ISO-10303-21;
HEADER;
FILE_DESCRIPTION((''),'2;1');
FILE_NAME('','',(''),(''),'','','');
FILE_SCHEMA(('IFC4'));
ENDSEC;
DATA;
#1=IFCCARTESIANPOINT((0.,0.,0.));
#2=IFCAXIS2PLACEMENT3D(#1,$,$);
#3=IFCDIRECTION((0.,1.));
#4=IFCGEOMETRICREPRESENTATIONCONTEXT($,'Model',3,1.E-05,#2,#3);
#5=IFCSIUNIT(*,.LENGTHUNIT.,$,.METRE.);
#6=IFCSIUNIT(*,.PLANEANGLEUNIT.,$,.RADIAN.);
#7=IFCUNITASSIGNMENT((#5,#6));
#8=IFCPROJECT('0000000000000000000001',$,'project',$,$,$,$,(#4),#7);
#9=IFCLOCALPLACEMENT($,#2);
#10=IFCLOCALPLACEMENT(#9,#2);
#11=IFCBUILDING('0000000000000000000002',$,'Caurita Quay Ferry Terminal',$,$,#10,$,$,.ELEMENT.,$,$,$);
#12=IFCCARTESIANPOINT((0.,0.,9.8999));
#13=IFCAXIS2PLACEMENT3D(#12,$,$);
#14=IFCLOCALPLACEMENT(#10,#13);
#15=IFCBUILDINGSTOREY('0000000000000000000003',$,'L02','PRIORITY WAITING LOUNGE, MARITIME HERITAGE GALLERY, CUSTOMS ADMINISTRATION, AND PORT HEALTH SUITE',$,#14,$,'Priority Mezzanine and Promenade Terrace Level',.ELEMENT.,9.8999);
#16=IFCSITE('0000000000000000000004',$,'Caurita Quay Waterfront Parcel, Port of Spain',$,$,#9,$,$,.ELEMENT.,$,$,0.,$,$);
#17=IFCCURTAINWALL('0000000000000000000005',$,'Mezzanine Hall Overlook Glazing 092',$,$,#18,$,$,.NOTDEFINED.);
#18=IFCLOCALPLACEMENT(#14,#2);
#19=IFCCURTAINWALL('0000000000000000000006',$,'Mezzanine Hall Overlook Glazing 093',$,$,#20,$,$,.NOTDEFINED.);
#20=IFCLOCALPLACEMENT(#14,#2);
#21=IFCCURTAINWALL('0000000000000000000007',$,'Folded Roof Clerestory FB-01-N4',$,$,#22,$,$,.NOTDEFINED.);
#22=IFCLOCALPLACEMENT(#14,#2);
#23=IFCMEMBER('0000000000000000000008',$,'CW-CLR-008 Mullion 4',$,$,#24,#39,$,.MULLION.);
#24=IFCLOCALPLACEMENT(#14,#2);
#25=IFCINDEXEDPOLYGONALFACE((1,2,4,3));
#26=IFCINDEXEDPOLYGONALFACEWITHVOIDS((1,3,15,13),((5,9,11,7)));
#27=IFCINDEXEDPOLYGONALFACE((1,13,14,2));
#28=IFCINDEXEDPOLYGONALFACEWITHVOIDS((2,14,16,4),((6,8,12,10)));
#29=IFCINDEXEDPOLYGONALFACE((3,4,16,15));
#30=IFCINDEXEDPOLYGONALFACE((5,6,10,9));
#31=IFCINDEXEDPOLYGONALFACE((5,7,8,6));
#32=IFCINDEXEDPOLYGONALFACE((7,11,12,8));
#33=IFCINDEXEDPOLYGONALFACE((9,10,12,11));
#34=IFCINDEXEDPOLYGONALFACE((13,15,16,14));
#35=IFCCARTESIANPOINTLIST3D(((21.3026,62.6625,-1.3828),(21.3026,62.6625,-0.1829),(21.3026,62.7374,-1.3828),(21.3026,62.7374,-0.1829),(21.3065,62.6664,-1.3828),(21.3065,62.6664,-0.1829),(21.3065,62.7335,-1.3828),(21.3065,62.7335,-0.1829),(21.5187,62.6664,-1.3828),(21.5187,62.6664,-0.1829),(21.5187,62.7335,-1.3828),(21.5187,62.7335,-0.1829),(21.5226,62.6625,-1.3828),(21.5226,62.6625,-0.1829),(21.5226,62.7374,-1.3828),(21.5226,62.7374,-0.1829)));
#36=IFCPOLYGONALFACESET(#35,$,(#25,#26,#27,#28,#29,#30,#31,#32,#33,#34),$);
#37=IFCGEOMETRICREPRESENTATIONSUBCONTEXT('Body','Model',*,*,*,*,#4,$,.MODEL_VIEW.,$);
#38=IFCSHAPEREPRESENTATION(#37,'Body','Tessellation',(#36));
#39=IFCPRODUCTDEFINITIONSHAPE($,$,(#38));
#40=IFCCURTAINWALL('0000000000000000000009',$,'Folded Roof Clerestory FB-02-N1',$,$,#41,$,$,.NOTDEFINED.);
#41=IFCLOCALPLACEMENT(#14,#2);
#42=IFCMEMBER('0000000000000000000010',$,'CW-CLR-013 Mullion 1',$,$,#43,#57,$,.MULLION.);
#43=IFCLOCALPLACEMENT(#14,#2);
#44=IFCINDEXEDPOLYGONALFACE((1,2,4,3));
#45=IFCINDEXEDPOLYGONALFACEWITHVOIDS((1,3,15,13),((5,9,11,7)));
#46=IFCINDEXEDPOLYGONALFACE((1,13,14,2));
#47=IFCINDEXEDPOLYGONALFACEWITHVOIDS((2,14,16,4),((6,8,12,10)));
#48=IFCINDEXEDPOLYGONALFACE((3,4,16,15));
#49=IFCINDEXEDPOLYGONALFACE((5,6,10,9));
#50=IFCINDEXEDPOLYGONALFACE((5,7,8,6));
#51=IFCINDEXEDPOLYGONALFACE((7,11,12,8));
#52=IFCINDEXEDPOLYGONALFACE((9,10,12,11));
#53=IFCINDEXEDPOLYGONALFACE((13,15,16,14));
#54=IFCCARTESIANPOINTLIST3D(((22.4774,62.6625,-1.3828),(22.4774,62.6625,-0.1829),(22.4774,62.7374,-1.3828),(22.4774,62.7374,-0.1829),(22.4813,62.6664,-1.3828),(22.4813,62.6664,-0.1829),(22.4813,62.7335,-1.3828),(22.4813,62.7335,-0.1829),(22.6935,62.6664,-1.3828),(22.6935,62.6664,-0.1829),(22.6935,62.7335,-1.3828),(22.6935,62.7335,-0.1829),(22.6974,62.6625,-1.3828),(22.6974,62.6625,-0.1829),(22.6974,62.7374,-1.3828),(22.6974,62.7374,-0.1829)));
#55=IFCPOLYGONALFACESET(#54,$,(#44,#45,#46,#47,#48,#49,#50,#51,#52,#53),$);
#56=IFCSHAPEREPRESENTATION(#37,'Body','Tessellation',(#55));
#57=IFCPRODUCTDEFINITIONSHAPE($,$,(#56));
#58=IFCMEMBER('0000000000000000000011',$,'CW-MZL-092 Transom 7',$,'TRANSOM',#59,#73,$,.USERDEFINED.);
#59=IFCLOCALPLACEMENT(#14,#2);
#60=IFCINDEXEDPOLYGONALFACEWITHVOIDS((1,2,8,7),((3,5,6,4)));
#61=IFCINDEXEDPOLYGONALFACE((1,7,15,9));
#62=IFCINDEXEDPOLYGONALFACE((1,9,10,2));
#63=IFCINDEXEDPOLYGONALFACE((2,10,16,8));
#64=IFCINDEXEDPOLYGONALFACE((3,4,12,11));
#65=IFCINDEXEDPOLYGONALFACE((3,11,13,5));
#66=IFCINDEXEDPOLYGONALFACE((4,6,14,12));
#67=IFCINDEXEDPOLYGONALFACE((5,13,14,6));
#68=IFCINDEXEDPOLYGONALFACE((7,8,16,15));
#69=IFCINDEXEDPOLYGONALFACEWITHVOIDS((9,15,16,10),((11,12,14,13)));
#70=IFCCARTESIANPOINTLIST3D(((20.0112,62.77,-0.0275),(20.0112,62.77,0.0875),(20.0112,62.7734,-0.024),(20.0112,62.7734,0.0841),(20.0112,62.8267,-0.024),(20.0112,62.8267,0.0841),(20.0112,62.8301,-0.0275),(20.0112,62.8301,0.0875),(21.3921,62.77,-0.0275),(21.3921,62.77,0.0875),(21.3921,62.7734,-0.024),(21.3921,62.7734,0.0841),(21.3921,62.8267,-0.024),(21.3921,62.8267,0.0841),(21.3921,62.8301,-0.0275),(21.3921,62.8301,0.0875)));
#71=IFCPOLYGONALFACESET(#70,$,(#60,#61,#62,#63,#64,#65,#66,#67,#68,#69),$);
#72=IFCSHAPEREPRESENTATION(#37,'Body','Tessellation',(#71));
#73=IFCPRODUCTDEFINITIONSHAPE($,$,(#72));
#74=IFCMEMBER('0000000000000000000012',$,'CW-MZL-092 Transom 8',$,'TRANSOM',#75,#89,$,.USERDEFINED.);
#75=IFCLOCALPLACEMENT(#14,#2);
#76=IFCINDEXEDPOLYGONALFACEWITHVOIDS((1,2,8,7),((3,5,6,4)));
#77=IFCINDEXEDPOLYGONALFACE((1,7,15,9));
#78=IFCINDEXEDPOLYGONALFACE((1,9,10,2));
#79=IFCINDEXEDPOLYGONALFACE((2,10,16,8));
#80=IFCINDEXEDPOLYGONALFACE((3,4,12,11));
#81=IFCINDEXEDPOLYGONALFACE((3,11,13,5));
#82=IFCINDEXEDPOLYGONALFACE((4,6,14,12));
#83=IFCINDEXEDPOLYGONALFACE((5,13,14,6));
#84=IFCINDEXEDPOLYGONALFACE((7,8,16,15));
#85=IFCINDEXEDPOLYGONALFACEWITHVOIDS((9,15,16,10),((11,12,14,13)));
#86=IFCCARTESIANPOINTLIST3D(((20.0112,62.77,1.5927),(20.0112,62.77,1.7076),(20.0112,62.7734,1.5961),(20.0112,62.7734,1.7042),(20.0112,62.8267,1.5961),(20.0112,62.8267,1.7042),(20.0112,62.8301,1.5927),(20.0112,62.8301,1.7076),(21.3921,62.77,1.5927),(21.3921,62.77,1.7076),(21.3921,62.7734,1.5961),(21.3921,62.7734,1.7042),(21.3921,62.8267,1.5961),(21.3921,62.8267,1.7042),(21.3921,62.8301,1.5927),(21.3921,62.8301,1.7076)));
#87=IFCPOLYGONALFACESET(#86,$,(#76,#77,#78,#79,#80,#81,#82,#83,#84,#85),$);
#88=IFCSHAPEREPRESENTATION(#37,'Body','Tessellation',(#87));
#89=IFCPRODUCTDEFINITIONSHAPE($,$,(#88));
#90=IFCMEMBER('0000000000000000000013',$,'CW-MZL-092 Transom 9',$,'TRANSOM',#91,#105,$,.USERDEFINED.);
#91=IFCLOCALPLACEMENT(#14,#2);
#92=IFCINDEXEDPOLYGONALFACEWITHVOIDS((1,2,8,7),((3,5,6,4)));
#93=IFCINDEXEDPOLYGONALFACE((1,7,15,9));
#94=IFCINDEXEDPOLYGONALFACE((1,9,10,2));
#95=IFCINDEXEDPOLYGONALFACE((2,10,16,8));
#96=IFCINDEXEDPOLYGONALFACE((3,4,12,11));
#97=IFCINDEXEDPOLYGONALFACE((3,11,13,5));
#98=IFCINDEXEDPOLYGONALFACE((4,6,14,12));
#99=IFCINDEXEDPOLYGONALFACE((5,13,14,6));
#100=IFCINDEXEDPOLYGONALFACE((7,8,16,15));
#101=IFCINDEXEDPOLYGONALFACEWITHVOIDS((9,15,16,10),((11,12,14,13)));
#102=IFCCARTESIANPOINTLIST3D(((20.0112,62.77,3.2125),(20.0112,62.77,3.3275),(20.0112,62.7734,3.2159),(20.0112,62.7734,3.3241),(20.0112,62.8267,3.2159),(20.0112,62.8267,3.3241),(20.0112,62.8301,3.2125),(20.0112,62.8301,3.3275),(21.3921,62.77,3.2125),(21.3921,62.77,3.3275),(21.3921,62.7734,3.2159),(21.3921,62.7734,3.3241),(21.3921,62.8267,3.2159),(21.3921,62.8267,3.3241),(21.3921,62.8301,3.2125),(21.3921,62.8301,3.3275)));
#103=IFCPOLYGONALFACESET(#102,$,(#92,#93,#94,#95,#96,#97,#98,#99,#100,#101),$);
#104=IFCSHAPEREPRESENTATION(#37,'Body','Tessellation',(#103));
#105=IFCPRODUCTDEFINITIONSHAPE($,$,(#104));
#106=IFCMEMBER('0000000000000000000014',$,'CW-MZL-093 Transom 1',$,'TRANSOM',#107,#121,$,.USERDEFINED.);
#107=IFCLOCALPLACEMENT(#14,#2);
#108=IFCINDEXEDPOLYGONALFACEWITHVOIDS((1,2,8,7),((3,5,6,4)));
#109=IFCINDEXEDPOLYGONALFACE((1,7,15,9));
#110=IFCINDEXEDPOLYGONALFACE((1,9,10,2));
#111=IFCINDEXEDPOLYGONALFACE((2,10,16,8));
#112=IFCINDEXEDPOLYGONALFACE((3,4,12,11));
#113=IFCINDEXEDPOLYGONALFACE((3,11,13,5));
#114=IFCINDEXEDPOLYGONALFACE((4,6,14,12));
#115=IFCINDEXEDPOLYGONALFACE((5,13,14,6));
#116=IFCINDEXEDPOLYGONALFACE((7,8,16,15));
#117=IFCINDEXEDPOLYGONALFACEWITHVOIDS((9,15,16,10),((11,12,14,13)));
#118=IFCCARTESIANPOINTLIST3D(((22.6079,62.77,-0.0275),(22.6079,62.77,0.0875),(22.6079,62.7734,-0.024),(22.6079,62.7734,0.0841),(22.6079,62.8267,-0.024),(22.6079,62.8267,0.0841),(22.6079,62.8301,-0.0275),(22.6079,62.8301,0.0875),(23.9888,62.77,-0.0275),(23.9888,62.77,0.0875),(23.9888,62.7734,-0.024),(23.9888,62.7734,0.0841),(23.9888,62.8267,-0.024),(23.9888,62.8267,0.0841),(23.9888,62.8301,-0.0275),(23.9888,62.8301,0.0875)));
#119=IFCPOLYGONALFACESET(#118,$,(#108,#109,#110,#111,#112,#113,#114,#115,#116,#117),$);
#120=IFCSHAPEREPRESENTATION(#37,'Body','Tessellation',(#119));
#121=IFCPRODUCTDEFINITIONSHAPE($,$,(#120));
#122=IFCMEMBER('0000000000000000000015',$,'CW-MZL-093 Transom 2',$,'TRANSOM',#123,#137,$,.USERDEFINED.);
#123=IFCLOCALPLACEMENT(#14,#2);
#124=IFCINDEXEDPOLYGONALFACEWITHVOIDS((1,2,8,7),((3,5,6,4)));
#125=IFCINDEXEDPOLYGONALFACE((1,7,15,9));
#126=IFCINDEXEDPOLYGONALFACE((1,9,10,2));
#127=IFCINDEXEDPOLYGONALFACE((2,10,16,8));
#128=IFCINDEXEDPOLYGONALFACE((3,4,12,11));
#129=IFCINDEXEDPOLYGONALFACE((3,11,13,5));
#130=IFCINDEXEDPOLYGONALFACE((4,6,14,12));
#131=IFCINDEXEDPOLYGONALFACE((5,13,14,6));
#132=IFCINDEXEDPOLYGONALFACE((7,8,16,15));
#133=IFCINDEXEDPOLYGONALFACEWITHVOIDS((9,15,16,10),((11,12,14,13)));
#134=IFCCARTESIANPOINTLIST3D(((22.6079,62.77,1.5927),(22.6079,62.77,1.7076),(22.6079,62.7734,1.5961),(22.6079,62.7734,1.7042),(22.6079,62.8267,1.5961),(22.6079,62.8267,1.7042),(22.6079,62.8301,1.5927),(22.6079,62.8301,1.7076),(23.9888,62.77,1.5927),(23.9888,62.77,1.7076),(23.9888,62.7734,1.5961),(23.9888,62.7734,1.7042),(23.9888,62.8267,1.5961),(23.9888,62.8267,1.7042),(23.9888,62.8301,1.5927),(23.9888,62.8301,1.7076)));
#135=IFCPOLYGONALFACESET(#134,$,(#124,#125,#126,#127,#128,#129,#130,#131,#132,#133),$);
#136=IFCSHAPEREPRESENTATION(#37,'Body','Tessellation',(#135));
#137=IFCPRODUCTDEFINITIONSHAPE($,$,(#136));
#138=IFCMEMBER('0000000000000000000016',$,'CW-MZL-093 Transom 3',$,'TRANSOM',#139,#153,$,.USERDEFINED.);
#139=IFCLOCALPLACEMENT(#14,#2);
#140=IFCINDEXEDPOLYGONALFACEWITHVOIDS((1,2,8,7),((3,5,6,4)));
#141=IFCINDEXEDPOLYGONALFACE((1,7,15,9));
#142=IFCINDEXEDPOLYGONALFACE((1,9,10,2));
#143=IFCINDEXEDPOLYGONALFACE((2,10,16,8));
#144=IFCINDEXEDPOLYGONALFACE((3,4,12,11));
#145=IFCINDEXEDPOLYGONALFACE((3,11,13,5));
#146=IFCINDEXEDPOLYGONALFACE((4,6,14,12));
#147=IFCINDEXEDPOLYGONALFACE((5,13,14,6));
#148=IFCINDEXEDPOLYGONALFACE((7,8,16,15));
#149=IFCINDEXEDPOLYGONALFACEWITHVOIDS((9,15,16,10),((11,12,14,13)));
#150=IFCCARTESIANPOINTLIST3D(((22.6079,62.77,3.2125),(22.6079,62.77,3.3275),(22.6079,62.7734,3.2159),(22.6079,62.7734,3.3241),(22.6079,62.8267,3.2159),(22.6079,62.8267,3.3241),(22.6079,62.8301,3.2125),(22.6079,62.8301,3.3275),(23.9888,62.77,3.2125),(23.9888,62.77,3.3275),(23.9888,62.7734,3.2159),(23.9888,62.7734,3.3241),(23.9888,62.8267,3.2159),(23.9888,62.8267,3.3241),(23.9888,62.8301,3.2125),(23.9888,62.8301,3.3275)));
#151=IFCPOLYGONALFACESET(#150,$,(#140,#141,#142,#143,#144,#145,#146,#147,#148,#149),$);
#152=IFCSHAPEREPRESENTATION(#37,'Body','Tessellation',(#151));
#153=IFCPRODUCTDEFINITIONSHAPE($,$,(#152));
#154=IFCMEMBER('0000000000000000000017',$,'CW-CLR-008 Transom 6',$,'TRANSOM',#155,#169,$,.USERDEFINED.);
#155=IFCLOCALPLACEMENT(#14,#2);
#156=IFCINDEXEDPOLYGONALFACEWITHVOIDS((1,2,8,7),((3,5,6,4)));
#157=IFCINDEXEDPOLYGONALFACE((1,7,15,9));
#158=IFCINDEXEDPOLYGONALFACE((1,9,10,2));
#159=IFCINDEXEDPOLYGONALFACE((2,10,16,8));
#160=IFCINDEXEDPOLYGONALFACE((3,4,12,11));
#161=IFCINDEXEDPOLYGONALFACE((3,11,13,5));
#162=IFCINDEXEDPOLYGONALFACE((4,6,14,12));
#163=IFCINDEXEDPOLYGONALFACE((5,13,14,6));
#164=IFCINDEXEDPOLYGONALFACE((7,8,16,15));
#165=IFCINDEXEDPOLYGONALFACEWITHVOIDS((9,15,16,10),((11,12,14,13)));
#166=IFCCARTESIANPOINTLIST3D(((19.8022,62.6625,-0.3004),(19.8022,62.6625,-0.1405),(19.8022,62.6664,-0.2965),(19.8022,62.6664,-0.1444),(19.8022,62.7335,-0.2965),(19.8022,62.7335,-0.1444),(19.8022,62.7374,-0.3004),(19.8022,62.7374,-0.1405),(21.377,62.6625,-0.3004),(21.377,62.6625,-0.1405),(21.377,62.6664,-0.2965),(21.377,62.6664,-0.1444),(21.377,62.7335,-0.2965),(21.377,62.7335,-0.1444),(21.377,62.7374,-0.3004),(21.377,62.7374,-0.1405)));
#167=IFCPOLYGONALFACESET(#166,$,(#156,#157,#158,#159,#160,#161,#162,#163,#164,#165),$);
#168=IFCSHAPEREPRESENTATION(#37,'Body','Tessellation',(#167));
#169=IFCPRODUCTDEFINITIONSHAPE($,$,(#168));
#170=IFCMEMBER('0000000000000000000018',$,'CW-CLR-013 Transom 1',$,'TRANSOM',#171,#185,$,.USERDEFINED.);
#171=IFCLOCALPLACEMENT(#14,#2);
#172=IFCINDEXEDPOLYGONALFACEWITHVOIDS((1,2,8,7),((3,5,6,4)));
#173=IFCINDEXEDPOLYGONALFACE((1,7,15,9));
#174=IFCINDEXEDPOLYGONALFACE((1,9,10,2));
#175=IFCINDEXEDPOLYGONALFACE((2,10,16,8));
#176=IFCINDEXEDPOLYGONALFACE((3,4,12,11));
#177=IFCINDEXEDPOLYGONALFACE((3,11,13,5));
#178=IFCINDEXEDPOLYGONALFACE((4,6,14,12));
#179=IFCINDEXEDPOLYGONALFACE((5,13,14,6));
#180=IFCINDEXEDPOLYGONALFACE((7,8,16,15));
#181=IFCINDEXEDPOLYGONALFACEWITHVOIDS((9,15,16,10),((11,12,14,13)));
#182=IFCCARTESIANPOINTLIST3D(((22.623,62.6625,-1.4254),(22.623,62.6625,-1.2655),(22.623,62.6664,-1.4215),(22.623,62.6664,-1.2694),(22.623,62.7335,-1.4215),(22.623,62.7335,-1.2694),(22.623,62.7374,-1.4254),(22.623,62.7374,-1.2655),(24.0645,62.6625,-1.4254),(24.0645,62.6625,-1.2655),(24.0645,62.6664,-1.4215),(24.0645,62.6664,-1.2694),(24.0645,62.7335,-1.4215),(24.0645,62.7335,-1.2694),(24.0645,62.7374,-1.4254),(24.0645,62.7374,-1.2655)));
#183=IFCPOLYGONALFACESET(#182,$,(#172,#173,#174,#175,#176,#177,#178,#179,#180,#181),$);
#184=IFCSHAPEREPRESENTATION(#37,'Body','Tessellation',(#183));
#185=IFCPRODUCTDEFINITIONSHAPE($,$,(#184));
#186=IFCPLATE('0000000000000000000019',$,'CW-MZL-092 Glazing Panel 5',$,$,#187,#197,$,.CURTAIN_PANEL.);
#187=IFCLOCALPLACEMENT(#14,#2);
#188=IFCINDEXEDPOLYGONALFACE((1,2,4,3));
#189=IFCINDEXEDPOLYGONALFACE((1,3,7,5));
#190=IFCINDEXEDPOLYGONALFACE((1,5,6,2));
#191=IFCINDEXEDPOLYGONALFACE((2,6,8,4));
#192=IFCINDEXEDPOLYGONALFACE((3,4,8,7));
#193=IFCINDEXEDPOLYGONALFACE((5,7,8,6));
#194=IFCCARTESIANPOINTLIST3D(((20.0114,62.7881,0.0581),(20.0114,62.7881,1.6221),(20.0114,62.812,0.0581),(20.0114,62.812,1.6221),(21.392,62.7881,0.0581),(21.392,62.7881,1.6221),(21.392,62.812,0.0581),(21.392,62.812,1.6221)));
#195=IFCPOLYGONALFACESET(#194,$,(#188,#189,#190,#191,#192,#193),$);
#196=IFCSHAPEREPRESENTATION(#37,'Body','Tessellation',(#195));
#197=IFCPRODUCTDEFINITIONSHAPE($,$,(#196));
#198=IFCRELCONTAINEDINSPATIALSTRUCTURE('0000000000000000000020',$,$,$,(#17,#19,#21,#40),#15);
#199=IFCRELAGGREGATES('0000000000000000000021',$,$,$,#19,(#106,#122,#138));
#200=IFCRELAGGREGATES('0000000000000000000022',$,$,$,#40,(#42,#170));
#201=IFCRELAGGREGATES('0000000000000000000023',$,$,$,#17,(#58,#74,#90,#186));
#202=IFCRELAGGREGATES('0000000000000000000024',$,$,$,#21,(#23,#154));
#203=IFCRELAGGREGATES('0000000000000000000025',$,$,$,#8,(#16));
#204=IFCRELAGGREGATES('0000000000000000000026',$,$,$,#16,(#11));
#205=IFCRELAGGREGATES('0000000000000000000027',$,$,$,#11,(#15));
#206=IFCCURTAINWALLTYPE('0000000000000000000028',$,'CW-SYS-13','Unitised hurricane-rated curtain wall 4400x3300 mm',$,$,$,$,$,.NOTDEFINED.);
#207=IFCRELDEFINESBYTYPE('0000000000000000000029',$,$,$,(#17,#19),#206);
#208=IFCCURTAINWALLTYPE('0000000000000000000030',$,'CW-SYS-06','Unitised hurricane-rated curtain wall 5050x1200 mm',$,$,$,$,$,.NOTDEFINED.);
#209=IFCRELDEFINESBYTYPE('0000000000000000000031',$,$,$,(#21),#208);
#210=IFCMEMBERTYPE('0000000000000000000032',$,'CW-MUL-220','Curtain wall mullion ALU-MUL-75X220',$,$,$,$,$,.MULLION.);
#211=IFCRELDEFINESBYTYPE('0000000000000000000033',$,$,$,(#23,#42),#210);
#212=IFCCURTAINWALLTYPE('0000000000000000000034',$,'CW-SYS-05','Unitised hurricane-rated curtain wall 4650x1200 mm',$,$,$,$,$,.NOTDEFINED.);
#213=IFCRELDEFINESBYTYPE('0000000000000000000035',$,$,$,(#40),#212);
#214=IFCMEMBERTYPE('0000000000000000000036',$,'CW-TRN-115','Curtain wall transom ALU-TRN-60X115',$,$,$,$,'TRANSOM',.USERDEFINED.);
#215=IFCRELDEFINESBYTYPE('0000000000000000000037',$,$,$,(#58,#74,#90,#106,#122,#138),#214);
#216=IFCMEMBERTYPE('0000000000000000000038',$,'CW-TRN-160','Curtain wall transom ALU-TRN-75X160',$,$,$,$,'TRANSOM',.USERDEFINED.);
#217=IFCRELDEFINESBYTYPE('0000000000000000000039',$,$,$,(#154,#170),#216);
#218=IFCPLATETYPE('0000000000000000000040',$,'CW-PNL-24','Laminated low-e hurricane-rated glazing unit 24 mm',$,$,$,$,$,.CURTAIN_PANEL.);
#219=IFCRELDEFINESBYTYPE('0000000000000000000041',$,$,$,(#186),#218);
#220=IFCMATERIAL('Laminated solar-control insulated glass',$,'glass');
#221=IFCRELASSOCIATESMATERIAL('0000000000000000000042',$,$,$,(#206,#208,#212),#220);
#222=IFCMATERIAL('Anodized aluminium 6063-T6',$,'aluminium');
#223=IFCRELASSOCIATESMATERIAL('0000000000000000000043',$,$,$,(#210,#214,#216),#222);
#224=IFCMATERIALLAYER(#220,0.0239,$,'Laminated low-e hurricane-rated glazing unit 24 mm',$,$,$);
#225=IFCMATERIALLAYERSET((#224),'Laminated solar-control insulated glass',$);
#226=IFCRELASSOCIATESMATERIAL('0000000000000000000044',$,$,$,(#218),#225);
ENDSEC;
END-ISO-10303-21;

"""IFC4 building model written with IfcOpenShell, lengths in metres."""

from ifc_helpers import new_model, si_unit, direction, frame, origin, origin_2d, place, context, subcontext, project, spatial, rectangle, hollow_rectangle, extrude, material, layer, layer_set, material_profile, profile_set, type_object, element, aggregate, save


model = new_model("IFC4")

# Units and contexts
model_context = context("Model", 3, precision=1e-05, world=origin(), true_north=direction((0.0, 1.0)))
body_context = subcontext(model_context, "Body", "Model", "MODEL_VIEW")
ifc_project = project(units=[si_unit("LENGTHUNIT", "METRE"), si_unit("PLANEANGLEUNIT", "RADIAN")], contexts=[model_context])

# Site, building, storey
site_placement = place(None, origin())
site = spatial("IfcSite", under=ifc_project, at=site_placement, Name="Caurita Quay Waterfront Parcel, Port of Spain", CompositionType="ELEMENT", RefElevation=0.0)
building_placement = place(site_placement, origin())
building = spatial("IfcBuilding", under=site, at=building_placement, Name="Caurita Quay Ferry Terminal", CompositionType="ELEMENT")
storey_placement = place(building_placement, frame((0.0, 0.0, 9.8999)))
storey = spatial("IfcBuildingStorey", under=building, at=storey_placement, Name="L02", Description="PRIORITY WAITING LOUNGE, MARITIME HERITAGE GALLERY, CUSTOMS ADMINISTRATION, AND PORT HEALTH SUITE", LongName="Priority Mezzanine and Promenade Terrace Level", CompositionType="ELEMENT", Elevation=9.8999)

# Curtain wall
ifc_material_1 = material(Name="Laminated solar-control insulated glass", Category="glass")
curtain_wall_type_1 = type_object("IfcCurtainWallType", Name="CW-SYS-13", Description="Unitised hurricane-rated curtain wall 4400x3300 mm", PredefinedType="NOTDEFINED", material=ifc_material_1)
curtain_wall_1_placement = place(storey_placement, origin())
curtain_wall_1 = element("IfcCurtainWall", 1, at=curtain_wall_1_placement, inside=storey, type_object=curtain_wall_type_1, Name="Mezzanine Hall Overlook Glazing 092", PredefinedType="NOTDEFINED")
ifc_material_2 = material(Name="Anodized aluminium 6063-T6", Category="aluminium")

# Curtain walls, members
curtain_wall_2_placement = place(storey_placement, origin())
curtain_wall_2 = element("IfcCurtainWall", 2, at=curtain_wall_2_placement, inside=storey, type_object=curtain_wall_type_1, Name="Mezzanine Hall Overlook Glazing 093", PredefinedType="NOTDEFINED")
curtain_wall_type_2 = type_object("IfcCurtainWallType", Name="CW-SYS-06", Description="Unitised hurricane-rated curtain wall 5050x1200 mm", PredefinedType="NOTDEFINED", material=ifc_material_1)
curtain_wall_3_placement = place(storey_placement, origin())
curtain_wall_3 = element("IfcCurtainWall", 3, at=curtain_wall_3_placement, inside=storey, type_object=curtain_wall_type_2, Name="Folded Roof Clerestory FB-01-N4", PredefinedType="NOTDEFINED")
ifc_material_profile_1 = material_profile(ifc_material_2, hollow_rectangle(XDim=0.075, YDim=0.22, WallThickness=0.0039, at=origin_2d()), Name="ALU-MUL-75X220")
ifc_profile_set_1 = profile_set([ifc_material_profile_1], Name="Anodized aluminium 6063-T6")
member_type_1 = type_object("IfcMemberType", Name="CW-MUL-220", Description="Curtain wall mullion ALU-MUL-75X220", PredefinedType="MULLION", material=ifc_profile_set_1)
member_1_placement = place(storey_placement, frame((21.4126, 62.7, -1.3828), z_axis=(0.0, 0.0, 1.0), x_axis=(0.0, 1.0, 0.0)))
member_1 = element("IfcMember", 4, at=member_1_placement, type_object=member_type_1, Name="CW-CLR-008 Mullion 4", PredefinedType="MULLION", context=body_context, shape_type="SweptSolid", body=[
    extrude(hollow_rectangle(XDim=0.075, YDim=0.22, WallThickness=0.0039, at=origin_2d()), origin(), (0.0, 0.0, 1.0), 1.2),
])
curtain_wall_type_3 = type_object("IfcCurtainWallType", Name="CW-SYS-05", Description="Unitised hurricane-rated curtain wall 4650x1200 mm", PredefinedType="NOTDEFINED", material=ifc_material_1)
curtain_wall_4_placement = place(storey_placement, origin())
curtain_wall_4 = element("IfcCurtainWall", 5, at=curtain_wall_4_placement, inside=storey, type_object=curtain_wall_type_3, Name="Folded Roof Clerestory FB-02-N1", PredefinedType="NOTDEFINED")
member_2_placement = place(storey_placement, frame((22.5874, 62.7, -1.3828), z_axis=(0.0, 0.0, 1.0), x_axis=(0.0, 1.0, 0.0)))
member_2 = element("IfcMember", 6, at=member_2_placement, type_object=member_type_1, Name="CW-CLR-013 Mullion 1", PredefinedType="MULLION", context=body_context, shape_type="SweptSolid", body=[
    extrude(hollow_rectangle(XDim=0.075, YDim=0.22, WallThickness=0.0039, at=origin_2d()), origin(), (0.0, 0.0, 1.0), 1.2),
])

# Members
ifc_material_profile_2 = material_profile(ifc_material_2, hollow_rectangle(XDim=0.0601, YDim=0.115, WallThickness=0.0034, at=origin_2d()), Name="ALU-TRN-60X115")
ifc_profile_set_2 = profile_set([ifc_material_profile_2], Name="Anodized aluminium 6063-T6")
member_type_2 = type_object("IfcMemberType", Name="CW-TRN-115", Description="Curtain wall transom ALU-TRN-60X115", ElementType="TRANSOM", PredefinedType="USERDEFINED", material=ifc_profile_set_2)
member_3_placement = place(storey_placement, frame((20.0112, 62.8, 0.03), z_axis=(1.0, 0.0, 0.0), x_axis=(0.0, 1.0, 0.0)))
member_3 = element("IfcMember", 7, at=member_3_placement, type_object=member_type_2, Name="CW-MZL-092 Transom 7", ObjectType="TRANSOM", PredefinedType="USERDEFINED", context=body_context, shape_type="SweptSolid", body=[
    extrude(hollow_rectangle(XDim=0.0601, YDim=0.115, WallThickness=0.0034, at=origin_2d()), origin(), (0.0, 0.0, 1.0), 1.3809),
])
member_4_placement = place(storey_placement, frame((20.0112, 62.8, 1.6501), z_axis=(1.0, 0.0, 0.0), x_axis=(0.0, 1.0, 0.0)))
member_4 = element("IfcMember", 8, at=member_4_placement, type_object=member_type_2, Name="CW-MZL-092 Transom 8", ObjectType="TRANSOM", PredefinedType="USERDEFINED", context=body_context, shape_type="SweptSolid", body=[
    extrude(hollow_rectangle(XDim=0.0601, YDim=0.115, WallThickness=0.0034, at=origin_2d()), origin(), (0.0, 0.0, 1.0), 1.3809),
])
member_5_placement = place(storey_placement, frame((20.0112, 62.8, 3.27), z_axis=(1.0, 0.0, 0.0), x_axis=(0.0, 1.0, 0.0)))
member_5 = element("IfcMember", 9, at=member_5_placement, type_object=member_type_2, Name="CW-MZL-092 Transom 9", ObjectType="TRANSOM", PredefinedType="USERDEFINED", context=body_context, shape_type="SweptSolid", body=[
    extrude(hollow_rectangle(XDim=0.0601, YDim=0.115, WallThickness=0.0034, at=origin_2d()), origin(), (0.0, 0.0, 1.0), 1.3809),
])
member_6_placement = place(storey_placement, frame((22.6079, 62.8, 0.03), z_axis=(1.0, 0.0, 0.0), x_axis=(0.0, 1.0, 0.0)))
member_6 = element("IfcMember", 10, at=member_6_placement, type_object=member_type_2, Name="CW-MZL-093 Transom 1", ObjectType="TRANSOM", PredefinedType="USERDEFINED", context=body_context, shape_type="SweptSolid", body=[
    extrude(hollow_rectangle(XDim=0.0601, YDim=0.115, WallThickness=0.0034, at=origin_2d()), origin(), (0.0, 0.0, 1.0), 1.3809),
])
member_7_placement = place(storey_placement, frame((22.6079, 62.8, 1.6501), z_axis=(1.0, 0.0, 0.0), x_axis=(0.0, 1.0, 0.0)))
member_7 = element("IfcMember", 11, at=member_7_placement, type_object=member_type_2, Name="CW-MZL-093 Transom 2", ObjectType="TRANSOM", PredefinedType="USERDEFINED", context=body_context, shape_type="SweptSolid", body=[
    extrude(hollow_rectangle(XDim=0.0601, YDim=0.115, WallThickness=0.0034, at=origin_2d()), origin(), (0.0, 0.0, 1.0), 1.3809),
])
member_8_placement = place(storey_placement, frame((22.6079, 62.8, 3.27), z_axis=(1.0, 0.0, 0.0), x_axis=(0.0, 1.0, 0.0)))
member_8 = element("IfcMember", 12, at=member_8_placement, type_object=member_type_2, Name="CW-MZL-093 Transom 3", ObjectType="TRANSOM", PredefinedType="USERDEFINED", context=body_context, shape_type="SweptSolid", body=[
    extrude(hollow_rectangle(XDim=0.0601, YDim=0.115, WallThickness=0.0034, at=origin_2d()), origin(), (0.0, 0.0, 1.0), 1.3809),
])
aggregate(curtain_wall_2, [member_6, member_7, member_8])
ifc_material_profile_3 = material_profile(ifc_material_2, hollow_rectangle(XDim=0.075, YDim=0.1599, WallThickness=0.0039, at=origin_2d()), Name="ALU-TRN-75X160")
ifc_profile_set_3 = profile_set([ifc_material_profile_3], Name="Anodized aluminium 6063-T6")
member_type_3 = type_object("IfcMemberType", Name="CW-TRN-160", Description="Curtain wall transom ALU-TRN-75X160", ElementType="TRANSOM", PredefinedType="USERDEFINED", material=ifc_profile_set_3)
member_9_placement = place(storey_placement, frame((19.8022, 62.7, -0.2205), z_axis=(1.0, 0.0, 0.0), x_axis=(0.0, 1.0, 0.0)))
member_9 = element("IfcMember", 13, at=member_9_placement, type_object=member_type_3, Name="CW-CLR-008 Transom 6", ObjectType="TRANSOM", PredefinedType="USERDEFINED", context=body_context, shape_type="SweptSolid", body=[
    extrude(hollow_rectangle(XDim=0.075, YDim=0.1599, WallThickness=0.0039, at=origin_2d()), origin(), (0.0, 0.0, 1.0), 1.5747),
])
member_10_placement = place(storey_placement, frame((22.623, 62.7, -1.3455), z_axis=(1.0, 0.0, 0.0), x_axis=(0.0, 1.0, 0.0)))
member_10 = element("IfcMember", 14, at=member_10_placement, type_object=member_type_3, Name="CW-CLR-013 Transom 1", ObjectType="TRANSOM", PredefinedType="USERDEFINED", context=body_context, shape_type="SweptSolid", body=[
    extrude(hollow_rectangle(XDim=0.075, YDim=0.1599, WallThickness=0.0039, at=origin_2d()), origin(), (0.0, 0.0, 1.0), 1.4414),
])
aggregate(curtain_wall_4, [member_2, member_10])

# Plate
ifc_layer_1 = layer(ifc_material_1, 0.0239, Name="Laminated low-e hurricane-rated glazing unit 24 mm")
ifc_layer_set_1 = layer_set([ifc_layer_1], Name="Laminated solar-control insulated glass")
plate_type_1 = type_object("IfcPlateType", Name="CW-PNL-24", Description="Laminated low-e hurricane-rated glazing unit 24 mm", PredefinedType="CURTAIN_PANEL", material=ifc_layer_set_1)
plate_1_placement = place(storey_placement, frame((20.7017, 62.8, 0.0581), z_axis=(0.0, 0.0, 1.0), x_axis=(1.0, 0.0, 0.0)))
plate_1 = element("IfcPlate", 15, at=plate_1_placement, type_object=plate_type_1, Name="CW-MZL-092 Glazing Panel 5", PredefinedType="CURTAIN_PANEL", context=body_context, shape_type="SweptSolid", body=[
    extrude(rectangle(XDim=1.3806, YDim=0.0239, at=origin_2d()), origin(), (0.0, 0.0, 1.0), 1.564),
])
aggregate(curtain_wall_1, [member_3, member_4, member_5, plate_1])
aggregate(curtain_wall_3, [member_1, member_9])

save(model, "model.ifc")
